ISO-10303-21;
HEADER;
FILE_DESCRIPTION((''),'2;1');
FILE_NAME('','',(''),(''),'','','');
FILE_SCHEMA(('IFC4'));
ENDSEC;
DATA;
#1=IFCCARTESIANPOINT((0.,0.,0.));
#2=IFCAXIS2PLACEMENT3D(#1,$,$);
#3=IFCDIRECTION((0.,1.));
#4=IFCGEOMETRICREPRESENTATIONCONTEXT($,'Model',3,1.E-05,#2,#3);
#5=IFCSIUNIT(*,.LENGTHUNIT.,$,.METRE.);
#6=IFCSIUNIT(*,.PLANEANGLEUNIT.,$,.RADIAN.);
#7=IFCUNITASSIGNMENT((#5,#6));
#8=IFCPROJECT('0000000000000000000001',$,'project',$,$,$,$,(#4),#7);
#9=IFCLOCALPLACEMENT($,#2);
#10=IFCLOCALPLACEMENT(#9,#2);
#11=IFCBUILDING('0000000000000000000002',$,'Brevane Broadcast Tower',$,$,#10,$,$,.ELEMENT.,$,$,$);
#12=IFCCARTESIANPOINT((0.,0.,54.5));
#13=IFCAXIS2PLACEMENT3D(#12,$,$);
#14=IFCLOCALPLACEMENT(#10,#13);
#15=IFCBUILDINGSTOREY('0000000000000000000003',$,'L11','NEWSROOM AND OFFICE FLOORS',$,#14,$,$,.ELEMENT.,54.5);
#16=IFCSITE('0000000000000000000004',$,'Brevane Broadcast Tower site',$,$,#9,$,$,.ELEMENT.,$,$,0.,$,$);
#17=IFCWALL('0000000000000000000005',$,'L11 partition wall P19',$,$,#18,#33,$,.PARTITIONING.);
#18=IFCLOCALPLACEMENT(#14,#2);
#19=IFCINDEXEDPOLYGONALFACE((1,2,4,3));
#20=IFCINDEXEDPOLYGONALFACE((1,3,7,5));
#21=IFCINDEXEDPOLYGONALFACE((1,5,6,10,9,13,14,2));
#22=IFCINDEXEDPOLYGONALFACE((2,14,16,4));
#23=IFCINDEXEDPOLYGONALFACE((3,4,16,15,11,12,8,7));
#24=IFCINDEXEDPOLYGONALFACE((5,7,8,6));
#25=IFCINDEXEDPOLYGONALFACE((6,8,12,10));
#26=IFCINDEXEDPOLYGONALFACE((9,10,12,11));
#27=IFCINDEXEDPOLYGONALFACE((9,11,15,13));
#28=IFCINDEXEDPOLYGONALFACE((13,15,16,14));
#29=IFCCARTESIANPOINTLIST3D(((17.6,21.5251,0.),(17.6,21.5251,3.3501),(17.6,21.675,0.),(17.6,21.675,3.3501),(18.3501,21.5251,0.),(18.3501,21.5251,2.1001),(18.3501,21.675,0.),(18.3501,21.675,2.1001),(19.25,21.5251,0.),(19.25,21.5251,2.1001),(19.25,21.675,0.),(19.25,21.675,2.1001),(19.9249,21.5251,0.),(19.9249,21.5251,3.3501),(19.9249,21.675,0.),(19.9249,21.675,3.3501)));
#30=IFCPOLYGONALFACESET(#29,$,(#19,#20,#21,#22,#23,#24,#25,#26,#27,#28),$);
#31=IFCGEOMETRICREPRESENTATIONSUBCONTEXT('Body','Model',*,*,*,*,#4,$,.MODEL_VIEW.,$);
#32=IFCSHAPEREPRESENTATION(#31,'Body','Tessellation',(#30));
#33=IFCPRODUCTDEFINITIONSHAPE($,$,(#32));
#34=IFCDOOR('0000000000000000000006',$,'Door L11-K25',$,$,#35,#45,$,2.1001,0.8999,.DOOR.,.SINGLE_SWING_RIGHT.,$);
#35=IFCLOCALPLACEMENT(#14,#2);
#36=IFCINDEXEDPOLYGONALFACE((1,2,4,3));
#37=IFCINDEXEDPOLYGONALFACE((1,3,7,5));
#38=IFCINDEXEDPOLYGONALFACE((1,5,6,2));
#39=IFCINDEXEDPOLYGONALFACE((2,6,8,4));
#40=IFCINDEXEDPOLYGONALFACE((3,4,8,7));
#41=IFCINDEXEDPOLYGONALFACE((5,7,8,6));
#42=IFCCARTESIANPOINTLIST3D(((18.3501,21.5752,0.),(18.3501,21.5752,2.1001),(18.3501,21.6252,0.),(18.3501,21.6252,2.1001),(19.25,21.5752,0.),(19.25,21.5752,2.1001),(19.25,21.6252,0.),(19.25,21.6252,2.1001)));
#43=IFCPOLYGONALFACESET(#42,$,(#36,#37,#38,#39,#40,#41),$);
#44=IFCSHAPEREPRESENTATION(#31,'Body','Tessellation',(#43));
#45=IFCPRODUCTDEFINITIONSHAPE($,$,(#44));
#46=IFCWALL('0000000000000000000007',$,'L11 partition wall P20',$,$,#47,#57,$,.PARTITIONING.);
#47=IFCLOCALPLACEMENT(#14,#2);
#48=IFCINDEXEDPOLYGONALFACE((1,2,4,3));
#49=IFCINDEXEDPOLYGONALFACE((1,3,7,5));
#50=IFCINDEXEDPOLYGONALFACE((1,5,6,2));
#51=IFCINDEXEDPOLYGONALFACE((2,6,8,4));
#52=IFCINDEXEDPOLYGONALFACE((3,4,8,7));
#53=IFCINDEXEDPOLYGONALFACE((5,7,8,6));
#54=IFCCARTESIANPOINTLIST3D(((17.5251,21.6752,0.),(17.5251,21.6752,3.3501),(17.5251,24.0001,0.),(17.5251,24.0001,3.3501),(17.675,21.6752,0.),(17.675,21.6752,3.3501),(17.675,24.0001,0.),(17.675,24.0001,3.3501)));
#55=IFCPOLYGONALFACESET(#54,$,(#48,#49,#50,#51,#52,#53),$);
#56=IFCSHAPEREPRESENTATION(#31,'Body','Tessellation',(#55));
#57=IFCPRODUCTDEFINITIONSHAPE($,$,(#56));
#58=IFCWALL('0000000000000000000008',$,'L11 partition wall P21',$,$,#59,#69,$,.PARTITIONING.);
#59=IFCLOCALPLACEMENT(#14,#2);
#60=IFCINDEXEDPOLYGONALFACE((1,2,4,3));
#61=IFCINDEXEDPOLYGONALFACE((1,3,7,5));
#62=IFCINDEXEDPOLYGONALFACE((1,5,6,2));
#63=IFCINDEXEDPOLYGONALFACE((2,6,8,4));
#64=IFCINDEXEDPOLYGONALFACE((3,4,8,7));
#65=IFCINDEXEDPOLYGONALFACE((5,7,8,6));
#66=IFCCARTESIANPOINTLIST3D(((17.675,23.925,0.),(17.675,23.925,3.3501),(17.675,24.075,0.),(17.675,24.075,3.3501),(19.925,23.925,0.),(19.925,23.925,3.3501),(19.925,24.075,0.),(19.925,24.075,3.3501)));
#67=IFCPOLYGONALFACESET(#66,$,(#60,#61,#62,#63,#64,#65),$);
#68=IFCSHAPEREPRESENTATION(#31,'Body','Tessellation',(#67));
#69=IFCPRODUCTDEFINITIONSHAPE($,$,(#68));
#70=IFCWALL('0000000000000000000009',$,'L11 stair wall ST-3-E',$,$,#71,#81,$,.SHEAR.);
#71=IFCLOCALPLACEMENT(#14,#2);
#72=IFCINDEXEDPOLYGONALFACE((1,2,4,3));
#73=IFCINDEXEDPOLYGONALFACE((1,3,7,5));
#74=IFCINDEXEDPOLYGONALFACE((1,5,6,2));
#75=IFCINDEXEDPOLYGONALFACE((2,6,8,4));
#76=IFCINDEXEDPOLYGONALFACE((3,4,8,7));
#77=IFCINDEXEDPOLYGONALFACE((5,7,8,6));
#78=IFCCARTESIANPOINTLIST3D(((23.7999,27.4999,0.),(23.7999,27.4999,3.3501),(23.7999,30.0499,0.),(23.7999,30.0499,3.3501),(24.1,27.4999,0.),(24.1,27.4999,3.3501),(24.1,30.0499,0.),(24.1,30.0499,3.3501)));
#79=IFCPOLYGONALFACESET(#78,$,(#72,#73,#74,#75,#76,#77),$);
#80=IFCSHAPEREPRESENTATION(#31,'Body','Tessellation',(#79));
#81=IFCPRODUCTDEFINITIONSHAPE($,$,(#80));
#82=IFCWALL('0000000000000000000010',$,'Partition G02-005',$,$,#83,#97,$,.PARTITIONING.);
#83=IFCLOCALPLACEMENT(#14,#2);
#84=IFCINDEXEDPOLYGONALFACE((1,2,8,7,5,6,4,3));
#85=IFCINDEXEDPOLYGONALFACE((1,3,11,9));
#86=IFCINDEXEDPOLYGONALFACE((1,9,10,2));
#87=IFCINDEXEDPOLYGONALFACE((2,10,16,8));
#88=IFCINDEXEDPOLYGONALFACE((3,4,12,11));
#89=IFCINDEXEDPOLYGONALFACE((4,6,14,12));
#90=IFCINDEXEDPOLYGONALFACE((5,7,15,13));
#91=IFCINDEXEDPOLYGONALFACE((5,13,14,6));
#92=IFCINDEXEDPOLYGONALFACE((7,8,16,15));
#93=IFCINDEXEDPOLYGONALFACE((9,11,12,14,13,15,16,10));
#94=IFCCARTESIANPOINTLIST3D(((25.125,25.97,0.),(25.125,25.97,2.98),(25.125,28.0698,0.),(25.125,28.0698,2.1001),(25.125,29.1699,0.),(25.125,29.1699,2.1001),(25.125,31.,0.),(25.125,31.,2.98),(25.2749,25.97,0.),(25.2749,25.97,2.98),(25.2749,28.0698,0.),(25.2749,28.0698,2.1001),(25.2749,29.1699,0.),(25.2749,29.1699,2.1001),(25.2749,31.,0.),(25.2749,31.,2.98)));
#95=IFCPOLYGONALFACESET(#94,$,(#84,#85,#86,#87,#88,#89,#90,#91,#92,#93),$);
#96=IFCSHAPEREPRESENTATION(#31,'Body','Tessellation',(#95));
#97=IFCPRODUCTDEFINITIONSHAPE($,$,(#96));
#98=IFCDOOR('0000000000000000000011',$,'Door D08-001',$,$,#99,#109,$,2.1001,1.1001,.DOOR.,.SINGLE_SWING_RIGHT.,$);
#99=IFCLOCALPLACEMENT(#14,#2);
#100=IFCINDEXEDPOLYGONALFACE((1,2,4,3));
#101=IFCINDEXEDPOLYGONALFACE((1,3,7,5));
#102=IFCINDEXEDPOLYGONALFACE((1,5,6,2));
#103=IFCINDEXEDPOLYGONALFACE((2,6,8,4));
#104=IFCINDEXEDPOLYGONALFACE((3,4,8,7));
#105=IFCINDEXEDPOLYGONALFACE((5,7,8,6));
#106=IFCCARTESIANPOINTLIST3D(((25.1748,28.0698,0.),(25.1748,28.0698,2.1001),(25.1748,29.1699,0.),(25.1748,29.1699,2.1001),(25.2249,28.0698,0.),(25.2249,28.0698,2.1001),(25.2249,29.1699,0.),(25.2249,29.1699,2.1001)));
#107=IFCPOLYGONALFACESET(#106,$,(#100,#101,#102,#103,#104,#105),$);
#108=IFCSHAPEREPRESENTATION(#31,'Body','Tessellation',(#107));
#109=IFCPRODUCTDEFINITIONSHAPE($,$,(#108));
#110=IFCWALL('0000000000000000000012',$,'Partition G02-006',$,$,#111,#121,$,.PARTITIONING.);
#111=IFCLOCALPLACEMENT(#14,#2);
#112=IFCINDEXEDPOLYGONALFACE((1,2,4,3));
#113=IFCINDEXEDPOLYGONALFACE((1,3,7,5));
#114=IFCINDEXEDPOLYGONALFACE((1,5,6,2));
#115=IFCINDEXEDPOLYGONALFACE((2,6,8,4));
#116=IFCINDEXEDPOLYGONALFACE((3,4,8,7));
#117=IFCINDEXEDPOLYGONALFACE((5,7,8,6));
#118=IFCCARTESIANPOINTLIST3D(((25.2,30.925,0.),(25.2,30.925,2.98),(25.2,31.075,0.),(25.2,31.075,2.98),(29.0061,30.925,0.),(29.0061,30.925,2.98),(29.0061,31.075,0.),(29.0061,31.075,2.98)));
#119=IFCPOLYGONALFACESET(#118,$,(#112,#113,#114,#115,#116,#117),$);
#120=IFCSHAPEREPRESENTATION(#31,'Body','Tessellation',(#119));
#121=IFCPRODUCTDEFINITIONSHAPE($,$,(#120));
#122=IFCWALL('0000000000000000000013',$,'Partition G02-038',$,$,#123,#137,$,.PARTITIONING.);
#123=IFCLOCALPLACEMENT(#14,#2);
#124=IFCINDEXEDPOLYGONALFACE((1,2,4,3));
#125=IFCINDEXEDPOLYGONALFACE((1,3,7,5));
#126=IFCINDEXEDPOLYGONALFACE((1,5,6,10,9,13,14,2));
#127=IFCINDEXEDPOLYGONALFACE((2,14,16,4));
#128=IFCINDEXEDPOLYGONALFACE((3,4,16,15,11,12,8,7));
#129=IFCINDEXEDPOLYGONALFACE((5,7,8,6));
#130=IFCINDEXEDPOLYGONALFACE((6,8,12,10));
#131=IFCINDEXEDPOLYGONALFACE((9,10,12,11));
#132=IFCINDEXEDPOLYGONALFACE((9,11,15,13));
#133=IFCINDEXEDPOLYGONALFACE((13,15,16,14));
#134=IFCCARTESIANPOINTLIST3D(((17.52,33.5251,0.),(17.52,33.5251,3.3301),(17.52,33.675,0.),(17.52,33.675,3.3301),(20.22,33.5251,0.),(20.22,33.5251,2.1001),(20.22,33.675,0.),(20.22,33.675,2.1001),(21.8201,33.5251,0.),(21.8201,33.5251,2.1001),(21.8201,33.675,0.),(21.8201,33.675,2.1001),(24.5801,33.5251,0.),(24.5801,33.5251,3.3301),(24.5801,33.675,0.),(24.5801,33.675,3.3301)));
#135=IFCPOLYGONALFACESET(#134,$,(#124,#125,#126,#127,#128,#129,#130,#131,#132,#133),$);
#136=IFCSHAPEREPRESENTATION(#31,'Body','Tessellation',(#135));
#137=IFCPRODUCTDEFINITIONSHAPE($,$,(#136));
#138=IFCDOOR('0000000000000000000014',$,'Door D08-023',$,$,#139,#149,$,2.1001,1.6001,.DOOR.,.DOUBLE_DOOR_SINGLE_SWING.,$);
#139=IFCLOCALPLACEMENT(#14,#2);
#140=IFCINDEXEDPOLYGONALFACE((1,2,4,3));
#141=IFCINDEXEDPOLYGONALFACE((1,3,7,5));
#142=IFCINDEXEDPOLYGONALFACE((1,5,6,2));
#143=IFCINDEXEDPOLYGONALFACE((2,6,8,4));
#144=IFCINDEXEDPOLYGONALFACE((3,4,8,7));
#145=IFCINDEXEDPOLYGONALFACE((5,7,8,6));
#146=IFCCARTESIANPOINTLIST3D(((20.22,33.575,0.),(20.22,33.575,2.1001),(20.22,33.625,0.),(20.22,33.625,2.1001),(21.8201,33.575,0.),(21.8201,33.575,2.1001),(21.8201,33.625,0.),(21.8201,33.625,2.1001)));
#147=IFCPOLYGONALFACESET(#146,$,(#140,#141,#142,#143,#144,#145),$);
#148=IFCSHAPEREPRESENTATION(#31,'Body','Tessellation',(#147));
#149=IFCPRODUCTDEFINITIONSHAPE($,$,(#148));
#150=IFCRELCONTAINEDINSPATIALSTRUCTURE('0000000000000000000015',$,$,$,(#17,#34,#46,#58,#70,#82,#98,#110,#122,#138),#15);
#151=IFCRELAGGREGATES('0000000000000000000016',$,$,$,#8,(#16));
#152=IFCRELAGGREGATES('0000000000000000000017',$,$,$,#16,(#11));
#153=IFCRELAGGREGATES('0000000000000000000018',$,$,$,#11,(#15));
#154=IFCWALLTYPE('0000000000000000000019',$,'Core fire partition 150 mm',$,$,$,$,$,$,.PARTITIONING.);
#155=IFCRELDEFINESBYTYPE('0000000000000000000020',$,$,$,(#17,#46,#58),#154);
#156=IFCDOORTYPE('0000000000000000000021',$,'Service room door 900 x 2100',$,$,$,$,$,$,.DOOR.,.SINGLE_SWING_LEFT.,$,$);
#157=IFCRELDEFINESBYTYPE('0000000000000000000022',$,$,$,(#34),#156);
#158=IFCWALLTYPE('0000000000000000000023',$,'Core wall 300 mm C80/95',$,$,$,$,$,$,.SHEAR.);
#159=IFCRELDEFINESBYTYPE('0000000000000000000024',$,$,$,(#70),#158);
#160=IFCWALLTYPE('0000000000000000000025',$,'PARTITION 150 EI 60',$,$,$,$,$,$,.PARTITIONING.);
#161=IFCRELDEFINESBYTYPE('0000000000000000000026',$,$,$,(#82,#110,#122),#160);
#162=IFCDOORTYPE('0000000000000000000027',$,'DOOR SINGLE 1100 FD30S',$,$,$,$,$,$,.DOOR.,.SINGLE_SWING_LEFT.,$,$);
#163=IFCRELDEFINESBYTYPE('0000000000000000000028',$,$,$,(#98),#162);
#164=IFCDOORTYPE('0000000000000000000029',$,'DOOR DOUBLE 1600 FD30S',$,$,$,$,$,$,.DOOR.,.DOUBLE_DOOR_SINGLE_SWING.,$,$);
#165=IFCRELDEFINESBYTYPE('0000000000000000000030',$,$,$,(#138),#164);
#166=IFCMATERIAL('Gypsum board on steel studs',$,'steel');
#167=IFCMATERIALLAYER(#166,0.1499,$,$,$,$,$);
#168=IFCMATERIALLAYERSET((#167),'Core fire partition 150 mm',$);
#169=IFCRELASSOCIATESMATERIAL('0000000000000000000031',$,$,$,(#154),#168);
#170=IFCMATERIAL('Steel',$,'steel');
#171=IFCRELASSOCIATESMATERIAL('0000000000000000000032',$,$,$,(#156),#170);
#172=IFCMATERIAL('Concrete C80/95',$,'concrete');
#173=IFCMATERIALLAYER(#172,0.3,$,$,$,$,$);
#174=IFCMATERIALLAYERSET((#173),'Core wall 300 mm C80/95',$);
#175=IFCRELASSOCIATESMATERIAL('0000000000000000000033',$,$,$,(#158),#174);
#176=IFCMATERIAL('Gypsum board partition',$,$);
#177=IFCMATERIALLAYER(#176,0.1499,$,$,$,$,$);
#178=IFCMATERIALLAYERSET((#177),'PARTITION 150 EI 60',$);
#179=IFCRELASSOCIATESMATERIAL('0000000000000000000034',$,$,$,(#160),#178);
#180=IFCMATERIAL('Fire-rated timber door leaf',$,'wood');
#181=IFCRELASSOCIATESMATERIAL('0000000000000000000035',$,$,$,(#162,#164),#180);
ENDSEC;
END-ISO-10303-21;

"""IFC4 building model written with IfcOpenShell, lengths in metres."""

from ifc_helpers import new_model, si_unit, direction, frame, frame_2d, origin, place, context, subcontext, project, spatial, polyline, rectangle, outline, extrude, material, layer, layer_set, type_object, element, fill, save


model = new_model("IFC4")

# Units and contexts
model_context = context("Model", 3, precision=1e-05, world=origin(), true_north=direction((0.0, 1.0)))
body_context = subcontext(model_context, "Body", "Model", "MODEL_VIEW")
ifc_project = project(units=[si_unit("LENGTHUNIT", "METRE"), si_unit("PLANEANGLEUNIT", "RADIAN")], contexts=[model_context])

# Site, building, storey
site_placement = place(None, origin())
site = spatial("IfcSite", under=ifc_project, at=site_placement, Name="Brevane Broadcast Tower site", CompositionType="ELEMENT", RefElevation=0.0)
building_placement = place(site_placement, origin())
building = spatial("IfcBuilding", under=site, at=building_placement, Name="Brevane Broadcast Tower", CompositionType="ELEMENT")
storey_placement = place(building_placement, frame((0.0, 0.0, 54.5)))
storey = spatial("IfcBuildingStorey", under=building, at=storey_placement, Name="L11", Description="NEWSROOM AND OFFICE FLOORS", CompositionType="ELEMENT", Elevation=54.5)

# Shared definitions
ifc_material_1 = material(Name="Concrete C80/95", Category="concrete")

# Shared definitions
ifc_material_2 = material(Name="Gypsum board on steel studs", Category="steel")
ifc_layer_1 = layer(ifc_material_2, 0.1499)
ifc_layer_set_1 = layer_set([ifc_layer_1], Name="Core fire partition 150 mm")
wall_type_1 = type_object("IfcWallType", Name="Core fire partition 150 mm", PredefinedType="PARTITIONING", material=ifc_layer_set_1)

# Wall, opening, door
wall_1_placement = place(storey_placement, frame((19.925, 21.6001, 0.0), z_axis=(0.0, 0.0, 1.0), x_axis=(-1.0, 0.0, 0.0)))
wall_1 = element("IfcWall", 1, at=wall_1_placement, inside=storey, type_object=wall_type_1, Name="L11 partition wall P19", PredefinedType="PARTITIONING", context=body_context, shape_type="SweptSolid", body=[
    extrude(rectangle(XDim=2.325, YDim=0.1499, at=frame_2d((1.1626, 0.0))), origin(), (0.0, 0.0, 1.0), 3.3501),
])
opening_1_placement = place(wall_1_placement, frame((0.675, 0.0, 0.0)))
opening_1 = element("IfcOpeningElement", 2, at=opening_1_placement, cuts=wall_1, PredefinedType="OPENING", context=body_context, shape_type="SweptSolid", body=[
    extrude(rectangle(XDim=0.8999, YDim=2.1001, at=frame_2d((0.45, 1.05))), frame((0.0, 0.085, 0.0), z_axis=(0.0, -1.0, 0.0), x_axis=(1.0, 0.0, 0.0)), (0.0, 0.0, 1.0), 0.1699),
])
ifc_material_3 = material(Name="Steel", Category="steel")
door_type_1 = type_object("IfcDoorType", Name="Service room door 900 x 2100", OperationType="SINGLE_SWING_LEFT", PredefinedType="DOOR", material=ifc_material_3)
door_1_placement = place(opening_1_placement, origin())
door_1 = element("IfcDoor", 3, at=door_1_placement, inside=storey, type_object=door_type_1, Name="Door L11-K25", OperationType="SINGLE_SWING_RIGHT", OverallHeight=2.1001, OverallWidth=0.8999, PredefinedType="DOOR", context=body_context, shape_type="SweptSolid", body=[
    extrude(rectangle(XDim=0.8999, YDim=2.1001, at=frame_2d((0.45, 1.05))), frame((0.0, 0.0249, 0.0), z_axis=(0.0, -1.0, 0.0), x_axis=(1.0, 0.0, 0.0)), (0.0, 0.0, 1.0), 0.05),
])
fill(opening_1, door_1)

# Walls
wall_2_placement = place(storey_placement, frame((17.6001, 21.675, 0.0), z_axis=(0.0, 0.0, 1.0), x_axis=(0.0, 1.0, 0.0)))
element("IfcWall", 4, at=wall_2_placement, inside=storey, type_object=wall_type_1, Name="L11 partition wall P20", PredefinedType="PARTITIONING", context=body_context, shape_type="SweptSolid", body=[
    extrude(rectangle(XDim=2.325, YDim=0.1499, at=frame_2d((1.1626, 0.0))), origin(), (0.0, 0.0, 1.0), 3.3501),
])
wall_3_placement = place(storey_placement, frame((17.675, 24.0, 0.0), z_axis=(0.0, 0.0, 1.0), x_axis=(1.0, 0.0, 0.0)))
element("IfcWall", 5, at=wall_3_placement, inside=storey, type_object=wall_type_1, Name="L11 partition wall P21", PredefinedType="PARTITIONING", context=body_context, shape_type="SweptSolid", body=[
    extrude(rectangle(XDim=2.25, YDim=0.1499, at=frame_2d((1.125, 0.0))), origin(), (0.0, 0.0, 1.0), 3.3501),
])
ifc_layer_2 = layer(ifc_material_1, 0.3)
ifc_layer_set_2 = layer_set([ifc_layer_2], Name="Core wall 300 mm C80/95")
wall_type_2 = type_object("IfcWallType", Name="Core wall 300 mm C80/95", PredefinedType="SHEAR", material=ifc_layer_set_2)
wall_4_placement = place(storey_placement, frame((23.95, 27.5, 0.0), z_axis=(0.0, 0.0, 1.0), x_axis=(0.0, 1.0, 0.0)))
element("IfcWall", 6, at=wall_4_placement, inside=storey, type_object=wall_type_2, Name="L11 stair wall ST-3-E", PredefinedType="SHEAR", context=body_context, shape_type="SweptSolid", body=[
    extrude(rectangle(XDim=2.55, YDim=0.3, at=frame_2d((1.2749, 0.0))), origin(), (0.0, 0.0, 1.0), 3.3501),
])

# Wall, opening, door
ifc_material_4 = material(Name="Gypsum board partition")
ifc_layer_3 = layer(ifc_material_4, 0.1499)
ifc_layer_set_3 = layer_set([ifc_layer_3], Name="PARTITION 150 EI 60")
wall_type_3 = type_object("IfcWallType", Name="PARTITION 150 EI 60", PredefinedType="PARTITIONING", material=ifc_layer_set_3)
wall_5_placement = place(storey_placement, frame((25.2, 31.0, 0.0), z_axis=(0.0, 0.0, 1.0), x_axis=(0.0, -1.0, 0.0)))
wall_5 = element("IfcWall", 7, at=wall_5_placement, inside=storey, type_object=wall_type_3, Name="Partition G02-005", PredefinedType="PARTITIONING", context=body_context, shape_type="SweptSolid", body=[
    extrude(outline(polyline([(0.0, 0.0), (5.03, 0.0), (5.03, 2.98), (0.0, 2.98), (0.0, 0.0)])), frame((0.0, 0.075, 0.0), z_axis=(0.0, -1.0, 0.0), x_axis=(1.0, 0.0, 0.0)), (0.0, 0.0, 1.0), 0.1499),
])
opening_2_placement = place(wall_5_placement, frame((1.8301, 0.0, 0.0)))
opening_2 = element("IfcOpeningElement", 8, at=opening_2_placement, cuts=wall_5, PredefinedType="OPENING", context=body_context, shape_type="SweptSolid", body=[
    extrude(rectangle(XDim=1.1001, YDim=2.1001, at=frame_2d((0.55, 1.05))), frame((0.0, 0.085, 0.0), z_axis=(0.0, -1.0, 0.0), x_axis=(1.0, 0.0, 0.0)), (0.0, 0.0, 1.0), 0.1699),
])
ifc_material_5 = material(Name="Fire-rated timber door leaf", Category="wood")
door_type_2 = type_object("IfcDoorType", Name="DOOR SINGLE 1100 FD30S", OperationType="SINGLE_SWING_LEFT", PredefinedType="DOOR", material=ifc_material_5)
door_2_placement = place(opening_2_placement, origin())
door_2 = element("IfcDoor", 9, at=door_2_placement, inside=storey, type_object=door_type_2, Name="Door D08-001", OperationType="SINGLE_SWING_RIGHT", OverallHeight=2.1001, OverallWidth=1.1001, PredefinedType="DOOR", context=body_context, shape_type="SweptSolid", body=[
    extrude(rectangle(XDim=1.1001, YDim=2.1001, at=frame_2d((0.55, 1.05))), frame((0.0, 0.0249, 0.0), z_axis=(0.0, -1.0, 0.0), x_axis=(1.0, 0.0, 0.0)), (0.0, 0.0, 1.0), 0.05),
])
fill(opening_2, door_2)

# Wall
wall_6_placement = place(storey_placement, frame((25.2, 31.0, 0.0), z_axis=(0.0, 0.0, 1.0), x_axis=(1.0, 0.0, 0.0)))
element("IfcWall", 10, at=wall_6_placement, inside=storey, type_object=wall_type_3, Name="Partition G02-006", PredefinedType="PARTITIONING", context=body_context, shape_type="SweptSolid", body=[
    extrude(rectangle(XDim=3.8062, YDim=0.1499, at=frame_2d((1.9031, 0.0))), origin(), (0.0, 0.0, 1.0), 2.98),
])

# Wall, opening, door
wall_7_placement = place(storey_placement, frame((17.52, 33.6001, 0.0), z_axis=(0.0, 0.0, 1.0), x_axis=(1.0, 0.0, 0.0)))
wall_7 = element("IfcWall", 11, at=wall_7_placement, inside=storey, type_object=wall_type_3, Name="Partition G02-038", PredefinedType="PARTITIONING", context=body_context, shape_type="SweptSolid", body=[
    extrude(rectangle(XDim=7.0601, YDim=0.1499, at=frame_2d((3.53, 0.0))), origin(), (0.0, 0.0, 1.0), 3.3301),
])
opening_3_placement = place(wall_7_placement, frame((2.7, 0.0, 0.0)))
opening_3 = element("IfcOpeningElement", 12, at=opening_3_placement, cuts=wall_7, PredefinedType="OPENING", context=body_context, shape_type="SweptSolid", body=[
    extrude(rectangle(XDim=1.6001, YDim=2.1001, at=frame_2d((0.8, 1.05))), frame((0.0, 0.085, 0.0), z_axis=(0.0, -1.0, 0.0), x_axis=(1.0, 0.0, 0.0)), (0.0, 0.0, 1.0), 0.1699),
])
door_type_3 = type_object("IfcDoorType", Name="DOOR DOUBLE 1600 FD30S", OperationType="DOUBLE_DOOR_SINGLE_SWING", PredefinedType="DOOR", material=ifc_material_5)
door_3_placement = place(opening_3_placement, origin())
door_3 = element("IfcDoor", 13, at=door_3_placement, inside=storey, type_object=door_type_3, Name="Door D08-023", OperationType="DOUBLE_DOOR_SINGLE_SWING", OverallHeight=2.1001, OverallWidth=1.6001, PredefinedType="DOOR", context=body_context, shape_type="SweptSolid", body=[
    extrude(rectangle(XDim=1.6001, YDim=2.1001, at=frame_2d((0.8, 1.05))), frame((0.0, 0.0249, 0.0), z_axis=(0.0, -1.0, 0.0), x_axis=(1.0, 0.0, 0.0)), (0.0, 0.0, 1.0), 0.05),
])
fill(opening_3, door_3)

save(model, "model.ifc")
